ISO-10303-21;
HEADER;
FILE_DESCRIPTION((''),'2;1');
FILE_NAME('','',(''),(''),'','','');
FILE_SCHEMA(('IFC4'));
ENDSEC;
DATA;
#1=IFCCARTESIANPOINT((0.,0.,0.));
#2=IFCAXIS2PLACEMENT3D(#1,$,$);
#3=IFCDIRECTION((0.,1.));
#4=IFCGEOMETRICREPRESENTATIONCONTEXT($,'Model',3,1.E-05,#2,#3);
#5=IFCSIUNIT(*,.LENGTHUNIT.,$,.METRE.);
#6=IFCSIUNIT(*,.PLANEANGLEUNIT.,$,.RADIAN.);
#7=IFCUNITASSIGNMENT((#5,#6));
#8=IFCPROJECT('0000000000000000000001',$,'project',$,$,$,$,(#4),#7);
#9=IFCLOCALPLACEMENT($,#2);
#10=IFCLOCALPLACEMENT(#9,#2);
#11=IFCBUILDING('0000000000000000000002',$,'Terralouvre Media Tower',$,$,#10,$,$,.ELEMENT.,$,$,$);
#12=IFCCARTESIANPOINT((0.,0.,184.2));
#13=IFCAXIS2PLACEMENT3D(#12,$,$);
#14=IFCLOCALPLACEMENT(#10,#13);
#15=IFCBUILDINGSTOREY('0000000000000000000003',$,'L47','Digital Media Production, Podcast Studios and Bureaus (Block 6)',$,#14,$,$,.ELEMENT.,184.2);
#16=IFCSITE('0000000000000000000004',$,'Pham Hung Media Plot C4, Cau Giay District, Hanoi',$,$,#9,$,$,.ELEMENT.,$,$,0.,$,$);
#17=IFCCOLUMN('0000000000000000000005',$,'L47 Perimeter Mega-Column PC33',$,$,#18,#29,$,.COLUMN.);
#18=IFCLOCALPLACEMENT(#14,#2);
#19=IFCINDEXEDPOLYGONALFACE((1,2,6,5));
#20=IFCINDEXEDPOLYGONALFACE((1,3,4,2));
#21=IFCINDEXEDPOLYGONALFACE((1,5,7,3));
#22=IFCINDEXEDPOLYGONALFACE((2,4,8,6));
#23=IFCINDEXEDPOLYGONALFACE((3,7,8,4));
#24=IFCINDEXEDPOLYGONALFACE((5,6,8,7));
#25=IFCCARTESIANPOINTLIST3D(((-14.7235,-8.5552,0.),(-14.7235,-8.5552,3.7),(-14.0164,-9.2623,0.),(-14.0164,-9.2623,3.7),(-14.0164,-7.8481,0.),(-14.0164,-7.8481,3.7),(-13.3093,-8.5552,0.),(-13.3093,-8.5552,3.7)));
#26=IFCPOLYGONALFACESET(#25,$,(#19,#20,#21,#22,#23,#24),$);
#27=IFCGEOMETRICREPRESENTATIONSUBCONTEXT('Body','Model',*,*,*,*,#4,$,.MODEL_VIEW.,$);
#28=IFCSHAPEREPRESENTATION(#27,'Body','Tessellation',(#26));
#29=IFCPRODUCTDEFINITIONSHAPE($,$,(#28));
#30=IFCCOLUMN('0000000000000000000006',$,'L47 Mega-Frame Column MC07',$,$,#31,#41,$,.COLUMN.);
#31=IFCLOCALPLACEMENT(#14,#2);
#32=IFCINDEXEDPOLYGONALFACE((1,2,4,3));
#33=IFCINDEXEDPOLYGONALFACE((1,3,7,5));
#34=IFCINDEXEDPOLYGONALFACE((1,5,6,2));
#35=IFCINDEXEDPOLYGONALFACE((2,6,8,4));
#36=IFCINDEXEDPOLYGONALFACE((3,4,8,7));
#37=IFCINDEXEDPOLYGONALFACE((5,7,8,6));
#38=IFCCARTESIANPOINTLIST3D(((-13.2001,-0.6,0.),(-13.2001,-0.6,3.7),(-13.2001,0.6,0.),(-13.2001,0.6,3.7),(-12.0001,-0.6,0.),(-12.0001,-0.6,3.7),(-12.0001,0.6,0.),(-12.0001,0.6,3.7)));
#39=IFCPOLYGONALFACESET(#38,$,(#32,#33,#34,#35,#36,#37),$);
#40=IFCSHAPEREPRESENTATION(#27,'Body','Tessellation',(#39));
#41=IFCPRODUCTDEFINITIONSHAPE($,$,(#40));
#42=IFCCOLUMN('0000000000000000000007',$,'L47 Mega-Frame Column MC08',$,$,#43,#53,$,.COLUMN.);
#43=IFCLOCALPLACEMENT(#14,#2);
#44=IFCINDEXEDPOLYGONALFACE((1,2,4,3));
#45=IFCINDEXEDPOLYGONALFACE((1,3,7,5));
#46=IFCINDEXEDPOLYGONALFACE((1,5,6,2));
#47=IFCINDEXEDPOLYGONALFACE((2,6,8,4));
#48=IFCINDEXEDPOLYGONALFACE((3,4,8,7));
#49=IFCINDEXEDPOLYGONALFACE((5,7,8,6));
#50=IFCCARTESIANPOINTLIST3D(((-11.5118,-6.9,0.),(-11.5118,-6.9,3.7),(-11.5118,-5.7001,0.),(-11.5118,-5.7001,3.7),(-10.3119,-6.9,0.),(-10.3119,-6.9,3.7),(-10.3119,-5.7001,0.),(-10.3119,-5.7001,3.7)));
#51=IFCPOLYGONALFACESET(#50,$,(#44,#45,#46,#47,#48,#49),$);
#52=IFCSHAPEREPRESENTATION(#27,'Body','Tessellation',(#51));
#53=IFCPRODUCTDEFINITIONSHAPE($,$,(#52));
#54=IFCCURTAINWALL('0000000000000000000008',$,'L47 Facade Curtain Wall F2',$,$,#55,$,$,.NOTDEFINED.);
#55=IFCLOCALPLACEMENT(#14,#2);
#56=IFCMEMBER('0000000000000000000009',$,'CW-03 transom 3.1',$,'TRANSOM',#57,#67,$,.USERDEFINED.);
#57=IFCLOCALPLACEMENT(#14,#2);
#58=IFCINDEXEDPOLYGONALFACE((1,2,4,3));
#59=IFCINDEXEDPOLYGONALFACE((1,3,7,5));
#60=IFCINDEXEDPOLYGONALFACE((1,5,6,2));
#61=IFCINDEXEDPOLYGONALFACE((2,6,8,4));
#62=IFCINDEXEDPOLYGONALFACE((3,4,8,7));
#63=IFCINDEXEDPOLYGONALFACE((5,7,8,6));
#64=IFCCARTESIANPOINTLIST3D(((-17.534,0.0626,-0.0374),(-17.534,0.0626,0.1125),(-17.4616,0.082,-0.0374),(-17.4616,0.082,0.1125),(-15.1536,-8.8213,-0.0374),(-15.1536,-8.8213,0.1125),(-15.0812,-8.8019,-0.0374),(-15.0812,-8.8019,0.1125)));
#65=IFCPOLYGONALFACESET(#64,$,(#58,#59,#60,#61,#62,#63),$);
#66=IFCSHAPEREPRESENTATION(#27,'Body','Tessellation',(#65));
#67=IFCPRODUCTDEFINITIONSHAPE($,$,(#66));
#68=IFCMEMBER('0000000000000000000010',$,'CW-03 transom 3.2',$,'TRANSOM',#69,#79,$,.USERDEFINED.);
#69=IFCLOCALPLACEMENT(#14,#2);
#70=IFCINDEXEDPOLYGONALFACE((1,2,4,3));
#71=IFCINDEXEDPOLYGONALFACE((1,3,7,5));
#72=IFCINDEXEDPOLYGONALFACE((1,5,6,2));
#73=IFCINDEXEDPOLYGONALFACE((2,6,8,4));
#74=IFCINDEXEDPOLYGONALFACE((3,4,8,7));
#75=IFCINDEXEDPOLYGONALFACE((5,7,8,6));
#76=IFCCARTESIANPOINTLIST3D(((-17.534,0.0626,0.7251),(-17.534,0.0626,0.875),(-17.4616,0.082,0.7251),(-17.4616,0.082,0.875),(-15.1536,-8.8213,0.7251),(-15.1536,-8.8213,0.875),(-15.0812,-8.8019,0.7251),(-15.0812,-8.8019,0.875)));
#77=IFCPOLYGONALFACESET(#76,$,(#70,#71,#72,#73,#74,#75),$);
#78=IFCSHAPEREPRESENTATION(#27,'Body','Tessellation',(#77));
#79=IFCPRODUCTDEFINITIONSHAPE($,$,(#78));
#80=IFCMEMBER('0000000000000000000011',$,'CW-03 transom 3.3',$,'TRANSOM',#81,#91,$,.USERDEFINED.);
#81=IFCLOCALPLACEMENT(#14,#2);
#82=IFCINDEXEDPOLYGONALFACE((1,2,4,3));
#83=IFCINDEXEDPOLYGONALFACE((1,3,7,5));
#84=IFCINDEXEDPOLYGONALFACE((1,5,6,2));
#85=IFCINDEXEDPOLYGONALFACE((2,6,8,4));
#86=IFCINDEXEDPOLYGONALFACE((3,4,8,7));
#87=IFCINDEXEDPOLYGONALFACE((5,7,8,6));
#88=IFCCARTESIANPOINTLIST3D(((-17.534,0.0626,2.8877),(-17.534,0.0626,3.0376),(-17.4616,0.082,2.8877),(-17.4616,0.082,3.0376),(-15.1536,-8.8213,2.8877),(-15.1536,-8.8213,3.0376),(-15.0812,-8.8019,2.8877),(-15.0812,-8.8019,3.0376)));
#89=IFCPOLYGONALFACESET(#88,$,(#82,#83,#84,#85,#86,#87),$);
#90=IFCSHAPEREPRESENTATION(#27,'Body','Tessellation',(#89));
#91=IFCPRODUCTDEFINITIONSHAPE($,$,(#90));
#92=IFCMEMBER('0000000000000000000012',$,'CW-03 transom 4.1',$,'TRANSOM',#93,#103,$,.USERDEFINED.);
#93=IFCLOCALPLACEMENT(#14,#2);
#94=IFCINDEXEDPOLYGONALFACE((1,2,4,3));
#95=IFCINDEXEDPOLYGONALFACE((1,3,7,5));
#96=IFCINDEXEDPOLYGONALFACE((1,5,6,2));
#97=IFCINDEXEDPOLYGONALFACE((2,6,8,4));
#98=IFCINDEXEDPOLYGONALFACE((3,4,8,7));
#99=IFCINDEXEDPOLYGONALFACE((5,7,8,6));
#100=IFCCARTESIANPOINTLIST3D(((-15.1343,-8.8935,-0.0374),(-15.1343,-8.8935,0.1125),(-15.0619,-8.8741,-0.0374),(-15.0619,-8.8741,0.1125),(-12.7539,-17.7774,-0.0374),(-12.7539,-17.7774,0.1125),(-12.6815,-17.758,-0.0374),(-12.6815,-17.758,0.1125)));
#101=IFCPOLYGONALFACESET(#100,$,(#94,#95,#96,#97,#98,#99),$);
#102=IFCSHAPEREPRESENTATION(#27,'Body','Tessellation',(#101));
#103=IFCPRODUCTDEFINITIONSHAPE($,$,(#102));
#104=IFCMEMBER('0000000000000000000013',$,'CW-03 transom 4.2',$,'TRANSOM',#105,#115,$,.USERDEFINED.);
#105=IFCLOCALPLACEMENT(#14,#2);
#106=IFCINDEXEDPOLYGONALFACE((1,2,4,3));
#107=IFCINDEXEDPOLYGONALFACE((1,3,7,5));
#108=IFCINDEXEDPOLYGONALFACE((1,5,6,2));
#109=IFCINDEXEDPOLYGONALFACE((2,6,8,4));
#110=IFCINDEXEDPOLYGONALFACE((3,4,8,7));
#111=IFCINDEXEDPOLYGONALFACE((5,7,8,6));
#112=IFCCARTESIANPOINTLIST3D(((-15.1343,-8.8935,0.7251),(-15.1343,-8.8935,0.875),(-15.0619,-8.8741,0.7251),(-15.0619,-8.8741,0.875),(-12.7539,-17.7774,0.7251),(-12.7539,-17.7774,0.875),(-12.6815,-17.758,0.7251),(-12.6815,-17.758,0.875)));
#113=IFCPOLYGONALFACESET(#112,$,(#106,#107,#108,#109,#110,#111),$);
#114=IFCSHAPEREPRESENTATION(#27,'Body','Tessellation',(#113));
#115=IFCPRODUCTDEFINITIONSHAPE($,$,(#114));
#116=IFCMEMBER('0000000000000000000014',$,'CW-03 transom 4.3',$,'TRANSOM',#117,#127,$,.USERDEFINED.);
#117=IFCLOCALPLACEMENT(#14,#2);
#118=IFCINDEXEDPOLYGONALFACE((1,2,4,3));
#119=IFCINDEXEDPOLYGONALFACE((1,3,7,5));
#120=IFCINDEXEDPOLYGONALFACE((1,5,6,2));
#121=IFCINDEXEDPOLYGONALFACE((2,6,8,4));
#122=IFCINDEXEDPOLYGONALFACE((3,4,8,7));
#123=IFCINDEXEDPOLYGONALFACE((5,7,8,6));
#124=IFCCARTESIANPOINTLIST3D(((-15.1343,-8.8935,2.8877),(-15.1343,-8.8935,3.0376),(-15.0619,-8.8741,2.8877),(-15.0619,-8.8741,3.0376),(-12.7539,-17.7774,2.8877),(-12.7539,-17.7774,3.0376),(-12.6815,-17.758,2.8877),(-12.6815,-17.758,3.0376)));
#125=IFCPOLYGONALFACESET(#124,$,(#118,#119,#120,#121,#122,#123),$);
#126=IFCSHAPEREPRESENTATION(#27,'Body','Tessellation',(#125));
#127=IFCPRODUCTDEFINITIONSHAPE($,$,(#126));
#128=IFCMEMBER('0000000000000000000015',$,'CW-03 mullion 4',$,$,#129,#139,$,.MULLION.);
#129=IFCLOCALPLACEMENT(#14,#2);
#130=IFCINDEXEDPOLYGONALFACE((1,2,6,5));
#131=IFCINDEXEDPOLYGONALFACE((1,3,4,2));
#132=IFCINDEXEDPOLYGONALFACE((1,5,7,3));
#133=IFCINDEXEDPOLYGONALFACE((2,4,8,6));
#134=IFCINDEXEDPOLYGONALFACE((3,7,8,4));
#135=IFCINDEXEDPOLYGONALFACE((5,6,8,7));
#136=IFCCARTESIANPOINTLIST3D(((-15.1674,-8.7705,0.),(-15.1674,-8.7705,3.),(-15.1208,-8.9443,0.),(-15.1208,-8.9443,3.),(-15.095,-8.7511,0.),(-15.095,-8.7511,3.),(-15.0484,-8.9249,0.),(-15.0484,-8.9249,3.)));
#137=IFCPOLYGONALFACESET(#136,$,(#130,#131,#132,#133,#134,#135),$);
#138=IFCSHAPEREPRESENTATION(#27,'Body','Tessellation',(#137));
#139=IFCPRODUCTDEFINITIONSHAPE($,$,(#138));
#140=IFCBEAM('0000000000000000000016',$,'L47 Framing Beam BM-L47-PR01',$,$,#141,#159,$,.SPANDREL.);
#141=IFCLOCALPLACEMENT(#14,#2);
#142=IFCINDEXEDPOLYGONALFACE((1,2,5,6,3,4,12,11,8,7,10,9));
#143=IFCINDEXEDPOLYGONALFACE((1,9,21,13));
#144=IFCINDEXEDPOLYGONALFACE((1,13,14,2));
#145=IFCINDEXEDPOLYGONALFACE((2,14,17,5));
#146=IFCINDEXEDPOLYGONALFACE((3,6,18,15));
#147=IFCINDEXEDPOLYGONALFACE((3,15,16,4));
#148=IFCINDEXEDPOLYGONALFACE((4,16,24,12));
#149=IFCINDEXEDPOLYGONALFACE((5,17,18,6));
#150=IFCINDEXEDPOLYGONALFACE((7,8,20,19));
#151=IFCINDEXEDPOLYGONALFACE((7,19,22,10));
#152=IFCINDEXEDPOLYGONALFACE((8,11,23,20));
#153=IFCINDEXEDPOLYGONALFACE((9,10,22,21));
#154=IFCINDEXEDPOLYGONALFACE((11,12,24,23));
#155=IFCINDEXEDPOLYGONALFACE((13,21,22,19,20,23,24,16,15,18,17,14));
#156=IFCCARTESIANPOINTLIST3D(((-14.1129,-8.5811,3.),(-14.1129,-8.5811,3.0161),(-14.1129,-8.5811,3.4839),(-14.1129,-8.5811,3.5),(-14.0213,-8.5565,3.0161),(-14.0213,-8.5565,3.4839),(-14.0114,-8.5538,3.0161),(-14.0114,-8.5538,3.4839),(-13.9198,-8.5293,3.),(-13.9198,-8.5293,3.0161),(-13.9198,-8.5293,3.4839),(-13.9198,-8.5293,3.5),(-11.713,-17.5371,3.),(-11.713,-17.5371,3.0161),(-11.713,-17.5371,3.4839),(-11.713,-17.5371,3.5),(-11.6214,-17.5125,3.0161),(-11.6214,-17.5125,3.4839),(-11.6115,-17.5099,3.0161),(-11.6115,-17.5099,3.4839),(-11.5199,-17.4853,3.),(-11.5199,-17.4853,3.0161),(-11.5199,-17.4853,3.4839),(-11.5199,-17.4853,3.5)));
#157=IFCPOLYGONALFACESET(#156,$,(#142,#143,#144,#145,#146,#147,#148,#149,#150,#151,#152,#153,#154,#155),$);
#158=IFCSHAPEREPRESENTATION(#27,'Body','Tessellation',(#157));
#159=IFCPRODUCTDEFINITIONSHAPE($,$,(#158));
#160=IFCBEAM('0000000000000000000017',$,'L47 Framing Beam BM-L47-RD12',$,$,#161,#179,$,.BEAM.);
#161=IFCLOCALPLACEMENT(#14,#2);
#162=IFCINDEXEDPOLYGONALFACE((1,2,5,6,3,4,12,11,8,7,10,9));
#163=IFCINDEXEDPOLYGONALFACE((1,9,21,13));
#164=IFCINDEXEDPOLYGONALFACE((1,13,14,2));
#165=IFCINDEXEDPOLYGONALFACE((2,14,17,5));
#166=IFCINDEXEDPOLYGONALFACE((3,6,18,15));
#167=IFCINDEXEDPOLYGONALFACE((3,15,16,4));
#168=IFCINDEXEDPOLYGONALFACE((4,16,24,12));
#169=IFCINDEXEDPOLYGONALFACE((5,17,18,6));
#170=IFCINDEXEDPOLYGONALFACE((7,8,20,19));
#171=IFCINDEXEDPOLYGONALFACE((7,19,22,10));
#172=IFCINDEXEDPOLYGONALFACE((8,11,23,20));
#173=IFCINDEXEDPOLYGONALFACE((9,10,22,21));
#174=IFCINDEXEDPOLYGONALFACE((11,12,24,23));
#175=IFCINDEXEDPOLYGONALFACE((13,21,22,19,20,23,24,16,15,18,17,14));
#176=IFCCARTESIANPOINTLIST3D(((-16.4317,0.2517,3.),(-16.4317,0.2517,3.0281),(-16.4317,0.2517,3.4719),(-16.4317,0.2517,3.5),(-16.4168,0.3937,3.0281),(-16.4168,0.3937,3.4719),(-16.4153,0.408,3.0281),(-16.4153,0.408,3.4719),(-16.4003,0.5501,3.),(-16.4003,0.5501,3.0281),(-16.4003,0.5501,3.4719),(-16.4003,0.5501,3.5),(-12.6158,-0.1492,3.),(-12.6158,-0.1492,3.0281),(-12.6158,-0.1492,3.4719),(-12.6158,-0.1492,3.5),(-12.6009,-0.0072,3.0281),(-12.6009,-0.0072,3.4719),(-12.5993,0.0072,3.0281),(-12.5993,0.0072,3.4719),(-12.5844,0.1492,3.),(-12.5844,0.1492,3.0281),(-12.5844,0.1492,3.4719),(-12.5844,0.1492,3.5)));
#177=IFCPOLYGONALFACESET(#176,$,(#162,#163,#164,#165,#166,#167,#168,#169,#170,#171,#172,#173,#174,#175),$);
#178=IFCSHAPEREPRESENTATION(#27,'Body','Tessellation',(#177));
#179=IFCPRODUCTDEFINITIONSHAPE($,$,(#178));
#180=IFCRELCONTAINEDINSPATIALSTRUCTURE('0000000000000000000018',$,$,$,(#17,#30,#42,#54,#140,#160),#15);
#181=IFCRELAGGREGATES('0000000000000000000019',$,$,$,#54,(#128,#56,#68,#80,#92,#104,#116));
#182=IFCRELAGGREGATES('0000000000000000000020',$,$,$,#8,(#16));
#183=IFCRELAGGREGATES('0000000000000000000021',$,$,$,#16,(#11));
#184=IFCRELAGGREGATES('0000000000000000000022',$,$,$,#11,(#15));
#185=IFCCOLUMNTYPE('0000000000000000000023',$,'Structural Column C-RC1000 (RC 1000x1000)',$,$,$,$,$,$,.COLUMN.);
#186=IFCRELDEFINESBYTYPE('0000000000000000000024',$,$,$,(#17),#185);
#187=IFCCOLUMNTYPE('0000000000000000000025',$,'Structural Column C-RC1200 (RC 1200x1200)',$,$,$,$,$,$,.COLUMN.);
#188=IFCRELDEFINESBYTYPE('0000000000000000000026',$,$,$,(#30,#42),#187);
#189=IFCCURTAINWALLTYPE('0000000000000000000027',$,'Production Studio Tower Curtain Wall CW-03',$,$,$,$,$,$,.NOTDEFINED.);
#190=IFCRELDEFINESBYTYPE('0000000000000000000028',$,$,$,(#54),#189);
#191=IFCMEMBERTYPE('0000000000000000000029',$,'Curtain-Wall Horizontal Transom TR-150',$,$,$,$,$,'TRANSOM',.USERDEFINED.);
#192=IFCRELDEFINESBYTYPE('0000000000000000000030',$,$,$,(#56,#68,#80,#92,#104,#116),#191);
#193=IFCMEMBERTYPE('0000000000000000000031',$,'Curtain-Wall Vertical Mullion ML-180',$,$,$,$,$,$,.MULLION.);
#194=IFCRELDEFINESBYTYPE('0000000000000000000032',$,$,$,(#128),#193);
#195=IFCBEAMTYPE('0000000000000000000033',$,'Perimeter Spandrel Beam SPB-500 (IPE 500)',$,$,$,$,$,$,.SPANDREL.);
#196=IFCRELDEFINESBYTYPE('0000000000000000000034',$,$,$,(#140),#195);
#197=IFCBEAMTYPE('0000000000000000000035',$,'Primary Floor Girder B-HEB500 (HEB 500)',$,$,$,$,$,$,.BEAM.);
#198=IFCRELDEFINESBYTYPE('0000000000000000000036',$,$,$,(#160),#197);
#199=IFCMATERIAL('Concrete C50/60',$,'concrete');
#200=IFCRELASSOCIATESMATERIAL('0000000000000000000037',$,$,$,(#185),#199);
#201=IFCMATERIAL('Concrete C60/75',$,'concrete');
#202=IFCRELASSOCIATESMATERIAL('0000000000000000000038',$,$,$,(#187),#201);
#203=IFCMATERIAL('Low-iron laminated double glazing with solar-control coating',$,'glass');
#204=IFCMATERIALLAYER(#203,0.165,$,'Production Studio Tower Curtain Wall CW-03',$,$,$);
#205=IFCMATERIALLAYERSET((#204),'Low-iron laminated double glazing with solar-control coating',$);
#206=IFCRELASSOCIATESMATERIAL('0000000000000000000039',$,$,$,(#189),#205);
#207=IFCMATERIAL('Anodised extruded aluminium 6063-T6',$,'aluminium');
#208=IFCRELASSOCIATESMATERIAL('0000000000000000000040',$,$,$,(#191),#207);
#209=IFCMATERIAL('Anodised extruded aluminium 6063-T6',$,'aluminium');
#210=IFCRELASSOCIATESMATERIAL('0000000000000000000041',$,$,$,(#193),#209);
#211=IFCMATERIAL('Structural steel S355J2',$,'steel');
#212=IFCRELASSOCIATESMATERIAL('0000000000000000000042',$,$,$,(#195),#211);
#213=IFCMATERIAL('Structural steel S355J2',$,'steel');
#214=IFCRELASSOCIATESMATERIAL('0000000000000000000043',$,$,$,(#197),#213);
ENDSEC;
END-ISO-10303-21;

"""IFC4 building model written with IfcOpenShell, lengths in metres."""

from ifc_helpers import new_model, si_unit, direction, frame, origin, origin_2d, place, context, subcontext, project, spatial, rectangle, i_section, extrude, material, layer, layer_set, material_profile, profile_set, type_object, element, aggregate, save


model = new_model("IFC4")

# Units and contexts
model_context = context("Model", 3, precision=1e-05, world=origin(), true_north=direction((0.0, 1.0)))
body_context = subcontext(model_context, "Body", "Model", "MODEL_VIEW")
ifc_project = project(units=[si_unit("LENGTHUNIT", "METRE"), si_unit("PLANEANGLEUNIT", "RADIAN")], contexts=[model_context])

# Site, building, storey
site_placement = place(None, origin())
site = spatial("IfcSite", under=ifc_project, at=site_placement, Name="Pham Hung Media Plot C4, Cau Giay District, Hanoi", CompositionType="ELEMENT", RefElevation=0.0)
building_placement = place(site_placement, origin())
building = spatial("IfcBuilding", under=site, at=building_placement, Name="Terralouvre Media Tower", CompositionType="ELEMENT")
storey_placement = place(building_placement, frame((0.0, 0.0, 184.2)))
storey = spatial("IfcBuildingStorey", under=building, at=storey_placement, Name="L47", Description="Digital Media Production, Podcast Studios and Bureaus (Block 6)", CompositionType="ELEMENT", Elevation=184.2)

# Columns
ifc_material_1 = material(Name="Concrete C50/60", Category="concrete")
ifc_material_profile_1 = material_profile(ifc_material_1, rectangle(XDim=1.0, YDim=1.0, at=origin_2d()), Name="RC 1000x1000")
ifc_profile_set_1 = profile_set([ifc_material_profile_1], Name="Concrete C50/60")
column_type_1 = type_object("IfcColumnType", Name="Structural Column C-RC1000 (RC 1000x1000)", PredefinedType="COLUMN", material=ifc_profile_set_1)
column_placement = place(storey_placement, frame((-14.0164, -8.5552, 0.0), z_axis=(0.0, 0.0, 1.0), x_axis=(0.707107, 0.707107, 0.0)))
element("IfcColumn", 1, at=column_placement, inside=storey, type_object=column_type_1, Name="L47 Perimeter Mega-Column PC33", PredefinedType="COLUMN", context=body_context, shape_type="SweptSolid", body=[
    extrude(rectangle(XDim=1.0, YDim=1.0, at=origin_2d()), origin(), (0.0, 0.0, 1.0), 3.7),
])
ifc_material_2 = material(Name="Concrete C60/75", Category="concrete")
ifc_material_profile_2 = material_profile(ifc_material_2, rectangle(XDim=1.2, YDim=1.2, at=origin_2d()), Name="RC 1200x1200")
ifc_profile_set_2 = profile_set([ifc_material_profile_2], Name="Concrete C60/75")
column_type_2 = type_object("IfcColumnType", Name="Structural Column C-RC1200 (RC 1200x1200)", PredefinedType="COLUMN", material=ifc_profile_set_2)
for number, where, z_axis, x_axis, name in (
    (2, (-12.6001, 0.0, 0.0), (0.0, 0.0, 1.0), (1.0, 0.0, 0.0), "L47 Mega-Frame Column MC07"),
    (3, (-10.9119, -6.3, 0.0), (0.0, 0.0, 1.0), (1.0, 0.0, 0.0), "L47 Mega-Frame Column MC08"),
):
    element("IfcColumn", number, at=place(storey_placement, frame(where, z_axis=z_axis, x_axis=x_axis)), inside=storey, type_object=column_type_2, Name=name, PredefinedType="COLUMN", context=body_context, shape_type="SweptSolid", body=[
        extrude(rectangle(XDim=1.2, YDim=1.2, at=origin_2d()), origin(), (0.0, 0.0, 1.0), 3.7),
    ])

# Curtain wall, members
ifc_material_3 = material(Name="Low-iron laminated double glazing with solar-control coating", Category="glass")
ifc_layer_1 = layer(ifc_material_3, 0.165, Name="Production Studio Tower Curtain Wall CW-03")
ifc_layer_set_1 = layer_set([ifc_layer_1], Name="Low-iron laminated double glazing with solar-control coating")
curtain_wall_type = type_object("IfcCurtainWallType", Name="Production Studio Tower Curtain Wall CW-03", PredefinedType="NOTDEFINED", material=ifc_layer_set_1)
curtain_wall_placement = place(storey_placement, origin())
curtain_wall = element("IfcCurtainWall", 4, at=curtain_wall_placement, inside=storey, type_object=curtain_wall_type, Name="L47 Facade Curtain Wall F2", PredefinedType="NOTDEFINED")
ifc_material_4 = material(Name="Anodised extruded aluminium 6063-T6", Category="aluminium")
ifc_material_profile_3 = material_profile(ifc_material_4, rectangle(XDim=0.075, YDim=0.1499, at=origin_2d()), Name="ALU 75x150")
ifc_profile_set_3 = profile_set([ifc_material_profile_3], Name="Anodised extruded aluminium 6063-T6")
member_type_1 = type_object("IfcMemberType", Name="Curtain-Wall Horizontal Transom TR-150", ElementType="TRANSOM", PredefinedType="USERDEFINED", material=ifc_profile_set_3)
member_1_placement = place(storey_placement, frame((-17.4978, 0.0723, 0.0376), z_axis=(0.258816, -0.965927, 0.0), x_axis=(0.965927, 0.258816, 0.0)))
member_1 = element("IfcMember", 5, at=member_1_placement, type_object=member_type_1, Name="CW-03 transom 3.1", ObjectType="TRANSOM", PredefinedType="USERDEFINED", context=body_context, shape_type="SweptSolid", body=[
    extrude(rectangle(XDim=0.075, YDim=0.1499, at=origin_2d()), origin(), (0.0, 0.0, 1.0), 9.1973),
])
member_2_placement = place(storey_placement, frame((-17.4978, 0.0723, 0.8), z_axis=(0.258816, -0.965927, 0.0), x_axis=(0.965927, 0.258816, 0.0)))
member_2 = element("IfcMember", 6, at=member_2_placement, type_object=member_type_1, Name="CW-03 transom 3.2", ObjectType="TRANSOM", PredefinedType="USERDEFINED", context=body_context, shape_type="SweptSolid", body=[
    extrude(rectangle(XDim=0.075, YDim=0.1499, at=origin_2d()), origin(), (0.0, 0.0, 1.0), 9.1973),
])
member_3_placement = place(storey_placement, frame((-17.4978, 0.0723, 2.9626), z_axis=(0.258816, -0.965927, 0.0), x_axis=(0.965927, 0.258816, 0.0)))
member_3 = element("IfcMember", 7, at=member_3_placement, type_object=member_type_1, Name="CW-03 transom 3.3", ObjectType="TRANSOM", PredefinedType="USERDEFINED", context=body_context, shape_type="SweptSolid", body=[
    extrude(rectangle(XDim=0.075, YDim=0.1499, at=origin_2d()), origin(), (0.0, 0.0, 1.0), 9.1973),
])
member_4_placement = place(storey_placement, frame((-15.0981, -8.8838, 0.0376), z_axis=(0.258816, -0.965927, 0.0), x_axis=(0.965927, 0.258816, 0.0)))
member_4 = element("IfcMember", 8, at=member_4_placement, type_object=member_type_1, Name="CW-03 transom 4.1", ObjectType="TRANSOM", PredefinedType="USERDEFINED", context=body_context, shape_type="SweptSolid", body=[
    extrude(rectangle(XDim=0.075, YDim=0.1499, at=origin_2d()), origin(), (0.0, 0.0, 1.0), 9.1973),
])
member_5_placement = place(storey_placement, frame((-15.0981, -8.8838, 0.8), z_axis=(0.258816, -0.965927, 0.0), x_axis=(0.965927, 0.258816, 0.0)))
member_5 = element("IfcMember", 9, at=member_5_placement, type_object=member_type_1, Name="CW-03 transom 4.2", ObjectType="TRANSOM", PredefinedType="USERDEFINED", context=body_context, shape_type="SweptSolid", body=[
    extrude(rectangle(XDim=0.075, YDim=0.1499, at=origin_2d()), origin(), (0.0, 0.0, 1.0), 9.1973),
])
member_6_placement = place(storey_placement, frame((-15.0981, -8.8838, 2.9626), z_axis=(0.258816, -0.965927, 0.0), x_axis=(0.965927, 0.258816, 0.0)))
member_6 = element("IfcMember", 10, at=member_6_placement, type_object=member_type_1, Name="CW-03 transom 4.3", ObjectType="TRANSOM", PredefinedType="USERDEFINED", context=body_context, shape_type="SweptSolid", body=[
    extrude(rectangle(XDim=0.075, YDim=0.1499, at=origin_2d()), origin(), (0.0, 0.0, 1.0), 9.1973),
])
ifc_material_5 = material(Name="Anodised extruded aluminium 6063-T6", Category="aluminium")
ifc_material_profile_4 = material_profile(ifc_material_5, rectangle(XDim=0.075, YDim=0.1799, at=origin_2d()), Name="ALU 75x180")
ifc_profile_set_4 = profile_set([ifc_material_profile_4], Name="Anodised extruded aluminium 6063-T6")
member_type_2 = type_object("IfcMemberType", Name="Curtain-Wall Vertical Mullion ML-180", PredefinedType="MULLION", material=ifc_profile_set_4)
member_7_placement = place(storey_placement, frame((-15.1079, -8.8477, 0.0), z_axis=(0.0, 0.0, 1.0), x_axis=(0.965926, 0.258819, 0.0)))
member_7 = element("IfcMember", 11, at=member_7_placement, type_object=member_type_2, Name="CW-03 mullion 4", PredefinedType="MULLION", context=body_context, shape_type="SweptSolid", body=[
    extrude(rectangle(XDim=0.075, YDim=0.1799, at=origin_2d()), origin(), (0.0, 0.0, 1.0), 3.0),
])

# Beams
ifc_material_6 = material(Name="Structural steel S355J2", Category="steel")
ifc_material_profile_5 = material_profile(ifc_material_6, i_section(OverallWidth=0.2, OverallDepth=0.5, WebThickness=0.0103, FlangeThickness=0.0161, at=origin_2d()), Name="IPE 500")
ifc_profile_set_5 = profile_set([ifc_material_profile_5], Name="Structural steel S355J2")
beam_type_1 = type_object("IfcBeamType", Name="Perimeter Spandrel Beam SPB-500 (IPE 500)", PredefinedType="SPANDREL", material=ifc_profile_set_5)
beam_1_placement = place(storey_placement, frame((-14.0164, -8.5552, 3.25), z_axis=(0.258833, -0.965922, 0.0), x_axis=(0.965922, 0.258833, 0.0)))
element("IfcBeam", 12, at=beam_1_placement, inside=storey, type_object=beam_type_1, Name="L47 Framing Beam BM-L47-PR01", PredefinedType="SPANDREL", context=body_context, shape_type="SweptSolid", body=[
    extrude(i_section(OverallWidth=0.2, OverallDepth=0.5, WebThickness=0.0103, FlangeThickness=0.0161, at=origin_2d()), origin(), (0.0, 0.0, 1.0), 9.272),
])
ifc_material_7 = material(Name="Structural steel S355J2", Category="steel")
ifc_material_profile_6 = material_profile(ifc_material_7, i_section(OverallWidth=0.3, OverallDepth=0.5, WebThickness=0.0144, FlangeThickness=0.0281, at=origin_2d()), Name="HEB 500")
ifc_profile_set_6 = profile_set([ifc_material_profile_6], Name="Structural steel S355J2")
beam_type_2 = type_object("IfcBeamType", Name="Primary Floor Girder B-HEB500 (HEB 500)", PredefinedType="BEAM", material=ifc_profile_set_6)
beam_2_placement = place(storey_placement, frame((-12.6001, 0.0, 3.25), z_axis=(-0.994527, 0.104479, 0.0), x_axis=(-0.104479, -0.994527, 0.0)))
element("IfcBeam", 13, at=beam_2_placement, inside=storey, type_object=beam_type_2, Name="L47 Framing Beam BM-L47-RD12", PredefinedType="BEAM", context=body_context, shape_type="SweptSolid", body=[
    extrude(i_section(OverallWidth=0.3, OverallDepth=0.5, WebThickness=0.0144, FlangeThickness=0.0281, at=origin_2d()), origin(), (0.0, 0.0, 1.0), 3.8369),
])

aggregate(curtain_wall, [member_7, member_1, member_2, member_3, member_4, member_5, member_6])

save(model, "model.ifc")
